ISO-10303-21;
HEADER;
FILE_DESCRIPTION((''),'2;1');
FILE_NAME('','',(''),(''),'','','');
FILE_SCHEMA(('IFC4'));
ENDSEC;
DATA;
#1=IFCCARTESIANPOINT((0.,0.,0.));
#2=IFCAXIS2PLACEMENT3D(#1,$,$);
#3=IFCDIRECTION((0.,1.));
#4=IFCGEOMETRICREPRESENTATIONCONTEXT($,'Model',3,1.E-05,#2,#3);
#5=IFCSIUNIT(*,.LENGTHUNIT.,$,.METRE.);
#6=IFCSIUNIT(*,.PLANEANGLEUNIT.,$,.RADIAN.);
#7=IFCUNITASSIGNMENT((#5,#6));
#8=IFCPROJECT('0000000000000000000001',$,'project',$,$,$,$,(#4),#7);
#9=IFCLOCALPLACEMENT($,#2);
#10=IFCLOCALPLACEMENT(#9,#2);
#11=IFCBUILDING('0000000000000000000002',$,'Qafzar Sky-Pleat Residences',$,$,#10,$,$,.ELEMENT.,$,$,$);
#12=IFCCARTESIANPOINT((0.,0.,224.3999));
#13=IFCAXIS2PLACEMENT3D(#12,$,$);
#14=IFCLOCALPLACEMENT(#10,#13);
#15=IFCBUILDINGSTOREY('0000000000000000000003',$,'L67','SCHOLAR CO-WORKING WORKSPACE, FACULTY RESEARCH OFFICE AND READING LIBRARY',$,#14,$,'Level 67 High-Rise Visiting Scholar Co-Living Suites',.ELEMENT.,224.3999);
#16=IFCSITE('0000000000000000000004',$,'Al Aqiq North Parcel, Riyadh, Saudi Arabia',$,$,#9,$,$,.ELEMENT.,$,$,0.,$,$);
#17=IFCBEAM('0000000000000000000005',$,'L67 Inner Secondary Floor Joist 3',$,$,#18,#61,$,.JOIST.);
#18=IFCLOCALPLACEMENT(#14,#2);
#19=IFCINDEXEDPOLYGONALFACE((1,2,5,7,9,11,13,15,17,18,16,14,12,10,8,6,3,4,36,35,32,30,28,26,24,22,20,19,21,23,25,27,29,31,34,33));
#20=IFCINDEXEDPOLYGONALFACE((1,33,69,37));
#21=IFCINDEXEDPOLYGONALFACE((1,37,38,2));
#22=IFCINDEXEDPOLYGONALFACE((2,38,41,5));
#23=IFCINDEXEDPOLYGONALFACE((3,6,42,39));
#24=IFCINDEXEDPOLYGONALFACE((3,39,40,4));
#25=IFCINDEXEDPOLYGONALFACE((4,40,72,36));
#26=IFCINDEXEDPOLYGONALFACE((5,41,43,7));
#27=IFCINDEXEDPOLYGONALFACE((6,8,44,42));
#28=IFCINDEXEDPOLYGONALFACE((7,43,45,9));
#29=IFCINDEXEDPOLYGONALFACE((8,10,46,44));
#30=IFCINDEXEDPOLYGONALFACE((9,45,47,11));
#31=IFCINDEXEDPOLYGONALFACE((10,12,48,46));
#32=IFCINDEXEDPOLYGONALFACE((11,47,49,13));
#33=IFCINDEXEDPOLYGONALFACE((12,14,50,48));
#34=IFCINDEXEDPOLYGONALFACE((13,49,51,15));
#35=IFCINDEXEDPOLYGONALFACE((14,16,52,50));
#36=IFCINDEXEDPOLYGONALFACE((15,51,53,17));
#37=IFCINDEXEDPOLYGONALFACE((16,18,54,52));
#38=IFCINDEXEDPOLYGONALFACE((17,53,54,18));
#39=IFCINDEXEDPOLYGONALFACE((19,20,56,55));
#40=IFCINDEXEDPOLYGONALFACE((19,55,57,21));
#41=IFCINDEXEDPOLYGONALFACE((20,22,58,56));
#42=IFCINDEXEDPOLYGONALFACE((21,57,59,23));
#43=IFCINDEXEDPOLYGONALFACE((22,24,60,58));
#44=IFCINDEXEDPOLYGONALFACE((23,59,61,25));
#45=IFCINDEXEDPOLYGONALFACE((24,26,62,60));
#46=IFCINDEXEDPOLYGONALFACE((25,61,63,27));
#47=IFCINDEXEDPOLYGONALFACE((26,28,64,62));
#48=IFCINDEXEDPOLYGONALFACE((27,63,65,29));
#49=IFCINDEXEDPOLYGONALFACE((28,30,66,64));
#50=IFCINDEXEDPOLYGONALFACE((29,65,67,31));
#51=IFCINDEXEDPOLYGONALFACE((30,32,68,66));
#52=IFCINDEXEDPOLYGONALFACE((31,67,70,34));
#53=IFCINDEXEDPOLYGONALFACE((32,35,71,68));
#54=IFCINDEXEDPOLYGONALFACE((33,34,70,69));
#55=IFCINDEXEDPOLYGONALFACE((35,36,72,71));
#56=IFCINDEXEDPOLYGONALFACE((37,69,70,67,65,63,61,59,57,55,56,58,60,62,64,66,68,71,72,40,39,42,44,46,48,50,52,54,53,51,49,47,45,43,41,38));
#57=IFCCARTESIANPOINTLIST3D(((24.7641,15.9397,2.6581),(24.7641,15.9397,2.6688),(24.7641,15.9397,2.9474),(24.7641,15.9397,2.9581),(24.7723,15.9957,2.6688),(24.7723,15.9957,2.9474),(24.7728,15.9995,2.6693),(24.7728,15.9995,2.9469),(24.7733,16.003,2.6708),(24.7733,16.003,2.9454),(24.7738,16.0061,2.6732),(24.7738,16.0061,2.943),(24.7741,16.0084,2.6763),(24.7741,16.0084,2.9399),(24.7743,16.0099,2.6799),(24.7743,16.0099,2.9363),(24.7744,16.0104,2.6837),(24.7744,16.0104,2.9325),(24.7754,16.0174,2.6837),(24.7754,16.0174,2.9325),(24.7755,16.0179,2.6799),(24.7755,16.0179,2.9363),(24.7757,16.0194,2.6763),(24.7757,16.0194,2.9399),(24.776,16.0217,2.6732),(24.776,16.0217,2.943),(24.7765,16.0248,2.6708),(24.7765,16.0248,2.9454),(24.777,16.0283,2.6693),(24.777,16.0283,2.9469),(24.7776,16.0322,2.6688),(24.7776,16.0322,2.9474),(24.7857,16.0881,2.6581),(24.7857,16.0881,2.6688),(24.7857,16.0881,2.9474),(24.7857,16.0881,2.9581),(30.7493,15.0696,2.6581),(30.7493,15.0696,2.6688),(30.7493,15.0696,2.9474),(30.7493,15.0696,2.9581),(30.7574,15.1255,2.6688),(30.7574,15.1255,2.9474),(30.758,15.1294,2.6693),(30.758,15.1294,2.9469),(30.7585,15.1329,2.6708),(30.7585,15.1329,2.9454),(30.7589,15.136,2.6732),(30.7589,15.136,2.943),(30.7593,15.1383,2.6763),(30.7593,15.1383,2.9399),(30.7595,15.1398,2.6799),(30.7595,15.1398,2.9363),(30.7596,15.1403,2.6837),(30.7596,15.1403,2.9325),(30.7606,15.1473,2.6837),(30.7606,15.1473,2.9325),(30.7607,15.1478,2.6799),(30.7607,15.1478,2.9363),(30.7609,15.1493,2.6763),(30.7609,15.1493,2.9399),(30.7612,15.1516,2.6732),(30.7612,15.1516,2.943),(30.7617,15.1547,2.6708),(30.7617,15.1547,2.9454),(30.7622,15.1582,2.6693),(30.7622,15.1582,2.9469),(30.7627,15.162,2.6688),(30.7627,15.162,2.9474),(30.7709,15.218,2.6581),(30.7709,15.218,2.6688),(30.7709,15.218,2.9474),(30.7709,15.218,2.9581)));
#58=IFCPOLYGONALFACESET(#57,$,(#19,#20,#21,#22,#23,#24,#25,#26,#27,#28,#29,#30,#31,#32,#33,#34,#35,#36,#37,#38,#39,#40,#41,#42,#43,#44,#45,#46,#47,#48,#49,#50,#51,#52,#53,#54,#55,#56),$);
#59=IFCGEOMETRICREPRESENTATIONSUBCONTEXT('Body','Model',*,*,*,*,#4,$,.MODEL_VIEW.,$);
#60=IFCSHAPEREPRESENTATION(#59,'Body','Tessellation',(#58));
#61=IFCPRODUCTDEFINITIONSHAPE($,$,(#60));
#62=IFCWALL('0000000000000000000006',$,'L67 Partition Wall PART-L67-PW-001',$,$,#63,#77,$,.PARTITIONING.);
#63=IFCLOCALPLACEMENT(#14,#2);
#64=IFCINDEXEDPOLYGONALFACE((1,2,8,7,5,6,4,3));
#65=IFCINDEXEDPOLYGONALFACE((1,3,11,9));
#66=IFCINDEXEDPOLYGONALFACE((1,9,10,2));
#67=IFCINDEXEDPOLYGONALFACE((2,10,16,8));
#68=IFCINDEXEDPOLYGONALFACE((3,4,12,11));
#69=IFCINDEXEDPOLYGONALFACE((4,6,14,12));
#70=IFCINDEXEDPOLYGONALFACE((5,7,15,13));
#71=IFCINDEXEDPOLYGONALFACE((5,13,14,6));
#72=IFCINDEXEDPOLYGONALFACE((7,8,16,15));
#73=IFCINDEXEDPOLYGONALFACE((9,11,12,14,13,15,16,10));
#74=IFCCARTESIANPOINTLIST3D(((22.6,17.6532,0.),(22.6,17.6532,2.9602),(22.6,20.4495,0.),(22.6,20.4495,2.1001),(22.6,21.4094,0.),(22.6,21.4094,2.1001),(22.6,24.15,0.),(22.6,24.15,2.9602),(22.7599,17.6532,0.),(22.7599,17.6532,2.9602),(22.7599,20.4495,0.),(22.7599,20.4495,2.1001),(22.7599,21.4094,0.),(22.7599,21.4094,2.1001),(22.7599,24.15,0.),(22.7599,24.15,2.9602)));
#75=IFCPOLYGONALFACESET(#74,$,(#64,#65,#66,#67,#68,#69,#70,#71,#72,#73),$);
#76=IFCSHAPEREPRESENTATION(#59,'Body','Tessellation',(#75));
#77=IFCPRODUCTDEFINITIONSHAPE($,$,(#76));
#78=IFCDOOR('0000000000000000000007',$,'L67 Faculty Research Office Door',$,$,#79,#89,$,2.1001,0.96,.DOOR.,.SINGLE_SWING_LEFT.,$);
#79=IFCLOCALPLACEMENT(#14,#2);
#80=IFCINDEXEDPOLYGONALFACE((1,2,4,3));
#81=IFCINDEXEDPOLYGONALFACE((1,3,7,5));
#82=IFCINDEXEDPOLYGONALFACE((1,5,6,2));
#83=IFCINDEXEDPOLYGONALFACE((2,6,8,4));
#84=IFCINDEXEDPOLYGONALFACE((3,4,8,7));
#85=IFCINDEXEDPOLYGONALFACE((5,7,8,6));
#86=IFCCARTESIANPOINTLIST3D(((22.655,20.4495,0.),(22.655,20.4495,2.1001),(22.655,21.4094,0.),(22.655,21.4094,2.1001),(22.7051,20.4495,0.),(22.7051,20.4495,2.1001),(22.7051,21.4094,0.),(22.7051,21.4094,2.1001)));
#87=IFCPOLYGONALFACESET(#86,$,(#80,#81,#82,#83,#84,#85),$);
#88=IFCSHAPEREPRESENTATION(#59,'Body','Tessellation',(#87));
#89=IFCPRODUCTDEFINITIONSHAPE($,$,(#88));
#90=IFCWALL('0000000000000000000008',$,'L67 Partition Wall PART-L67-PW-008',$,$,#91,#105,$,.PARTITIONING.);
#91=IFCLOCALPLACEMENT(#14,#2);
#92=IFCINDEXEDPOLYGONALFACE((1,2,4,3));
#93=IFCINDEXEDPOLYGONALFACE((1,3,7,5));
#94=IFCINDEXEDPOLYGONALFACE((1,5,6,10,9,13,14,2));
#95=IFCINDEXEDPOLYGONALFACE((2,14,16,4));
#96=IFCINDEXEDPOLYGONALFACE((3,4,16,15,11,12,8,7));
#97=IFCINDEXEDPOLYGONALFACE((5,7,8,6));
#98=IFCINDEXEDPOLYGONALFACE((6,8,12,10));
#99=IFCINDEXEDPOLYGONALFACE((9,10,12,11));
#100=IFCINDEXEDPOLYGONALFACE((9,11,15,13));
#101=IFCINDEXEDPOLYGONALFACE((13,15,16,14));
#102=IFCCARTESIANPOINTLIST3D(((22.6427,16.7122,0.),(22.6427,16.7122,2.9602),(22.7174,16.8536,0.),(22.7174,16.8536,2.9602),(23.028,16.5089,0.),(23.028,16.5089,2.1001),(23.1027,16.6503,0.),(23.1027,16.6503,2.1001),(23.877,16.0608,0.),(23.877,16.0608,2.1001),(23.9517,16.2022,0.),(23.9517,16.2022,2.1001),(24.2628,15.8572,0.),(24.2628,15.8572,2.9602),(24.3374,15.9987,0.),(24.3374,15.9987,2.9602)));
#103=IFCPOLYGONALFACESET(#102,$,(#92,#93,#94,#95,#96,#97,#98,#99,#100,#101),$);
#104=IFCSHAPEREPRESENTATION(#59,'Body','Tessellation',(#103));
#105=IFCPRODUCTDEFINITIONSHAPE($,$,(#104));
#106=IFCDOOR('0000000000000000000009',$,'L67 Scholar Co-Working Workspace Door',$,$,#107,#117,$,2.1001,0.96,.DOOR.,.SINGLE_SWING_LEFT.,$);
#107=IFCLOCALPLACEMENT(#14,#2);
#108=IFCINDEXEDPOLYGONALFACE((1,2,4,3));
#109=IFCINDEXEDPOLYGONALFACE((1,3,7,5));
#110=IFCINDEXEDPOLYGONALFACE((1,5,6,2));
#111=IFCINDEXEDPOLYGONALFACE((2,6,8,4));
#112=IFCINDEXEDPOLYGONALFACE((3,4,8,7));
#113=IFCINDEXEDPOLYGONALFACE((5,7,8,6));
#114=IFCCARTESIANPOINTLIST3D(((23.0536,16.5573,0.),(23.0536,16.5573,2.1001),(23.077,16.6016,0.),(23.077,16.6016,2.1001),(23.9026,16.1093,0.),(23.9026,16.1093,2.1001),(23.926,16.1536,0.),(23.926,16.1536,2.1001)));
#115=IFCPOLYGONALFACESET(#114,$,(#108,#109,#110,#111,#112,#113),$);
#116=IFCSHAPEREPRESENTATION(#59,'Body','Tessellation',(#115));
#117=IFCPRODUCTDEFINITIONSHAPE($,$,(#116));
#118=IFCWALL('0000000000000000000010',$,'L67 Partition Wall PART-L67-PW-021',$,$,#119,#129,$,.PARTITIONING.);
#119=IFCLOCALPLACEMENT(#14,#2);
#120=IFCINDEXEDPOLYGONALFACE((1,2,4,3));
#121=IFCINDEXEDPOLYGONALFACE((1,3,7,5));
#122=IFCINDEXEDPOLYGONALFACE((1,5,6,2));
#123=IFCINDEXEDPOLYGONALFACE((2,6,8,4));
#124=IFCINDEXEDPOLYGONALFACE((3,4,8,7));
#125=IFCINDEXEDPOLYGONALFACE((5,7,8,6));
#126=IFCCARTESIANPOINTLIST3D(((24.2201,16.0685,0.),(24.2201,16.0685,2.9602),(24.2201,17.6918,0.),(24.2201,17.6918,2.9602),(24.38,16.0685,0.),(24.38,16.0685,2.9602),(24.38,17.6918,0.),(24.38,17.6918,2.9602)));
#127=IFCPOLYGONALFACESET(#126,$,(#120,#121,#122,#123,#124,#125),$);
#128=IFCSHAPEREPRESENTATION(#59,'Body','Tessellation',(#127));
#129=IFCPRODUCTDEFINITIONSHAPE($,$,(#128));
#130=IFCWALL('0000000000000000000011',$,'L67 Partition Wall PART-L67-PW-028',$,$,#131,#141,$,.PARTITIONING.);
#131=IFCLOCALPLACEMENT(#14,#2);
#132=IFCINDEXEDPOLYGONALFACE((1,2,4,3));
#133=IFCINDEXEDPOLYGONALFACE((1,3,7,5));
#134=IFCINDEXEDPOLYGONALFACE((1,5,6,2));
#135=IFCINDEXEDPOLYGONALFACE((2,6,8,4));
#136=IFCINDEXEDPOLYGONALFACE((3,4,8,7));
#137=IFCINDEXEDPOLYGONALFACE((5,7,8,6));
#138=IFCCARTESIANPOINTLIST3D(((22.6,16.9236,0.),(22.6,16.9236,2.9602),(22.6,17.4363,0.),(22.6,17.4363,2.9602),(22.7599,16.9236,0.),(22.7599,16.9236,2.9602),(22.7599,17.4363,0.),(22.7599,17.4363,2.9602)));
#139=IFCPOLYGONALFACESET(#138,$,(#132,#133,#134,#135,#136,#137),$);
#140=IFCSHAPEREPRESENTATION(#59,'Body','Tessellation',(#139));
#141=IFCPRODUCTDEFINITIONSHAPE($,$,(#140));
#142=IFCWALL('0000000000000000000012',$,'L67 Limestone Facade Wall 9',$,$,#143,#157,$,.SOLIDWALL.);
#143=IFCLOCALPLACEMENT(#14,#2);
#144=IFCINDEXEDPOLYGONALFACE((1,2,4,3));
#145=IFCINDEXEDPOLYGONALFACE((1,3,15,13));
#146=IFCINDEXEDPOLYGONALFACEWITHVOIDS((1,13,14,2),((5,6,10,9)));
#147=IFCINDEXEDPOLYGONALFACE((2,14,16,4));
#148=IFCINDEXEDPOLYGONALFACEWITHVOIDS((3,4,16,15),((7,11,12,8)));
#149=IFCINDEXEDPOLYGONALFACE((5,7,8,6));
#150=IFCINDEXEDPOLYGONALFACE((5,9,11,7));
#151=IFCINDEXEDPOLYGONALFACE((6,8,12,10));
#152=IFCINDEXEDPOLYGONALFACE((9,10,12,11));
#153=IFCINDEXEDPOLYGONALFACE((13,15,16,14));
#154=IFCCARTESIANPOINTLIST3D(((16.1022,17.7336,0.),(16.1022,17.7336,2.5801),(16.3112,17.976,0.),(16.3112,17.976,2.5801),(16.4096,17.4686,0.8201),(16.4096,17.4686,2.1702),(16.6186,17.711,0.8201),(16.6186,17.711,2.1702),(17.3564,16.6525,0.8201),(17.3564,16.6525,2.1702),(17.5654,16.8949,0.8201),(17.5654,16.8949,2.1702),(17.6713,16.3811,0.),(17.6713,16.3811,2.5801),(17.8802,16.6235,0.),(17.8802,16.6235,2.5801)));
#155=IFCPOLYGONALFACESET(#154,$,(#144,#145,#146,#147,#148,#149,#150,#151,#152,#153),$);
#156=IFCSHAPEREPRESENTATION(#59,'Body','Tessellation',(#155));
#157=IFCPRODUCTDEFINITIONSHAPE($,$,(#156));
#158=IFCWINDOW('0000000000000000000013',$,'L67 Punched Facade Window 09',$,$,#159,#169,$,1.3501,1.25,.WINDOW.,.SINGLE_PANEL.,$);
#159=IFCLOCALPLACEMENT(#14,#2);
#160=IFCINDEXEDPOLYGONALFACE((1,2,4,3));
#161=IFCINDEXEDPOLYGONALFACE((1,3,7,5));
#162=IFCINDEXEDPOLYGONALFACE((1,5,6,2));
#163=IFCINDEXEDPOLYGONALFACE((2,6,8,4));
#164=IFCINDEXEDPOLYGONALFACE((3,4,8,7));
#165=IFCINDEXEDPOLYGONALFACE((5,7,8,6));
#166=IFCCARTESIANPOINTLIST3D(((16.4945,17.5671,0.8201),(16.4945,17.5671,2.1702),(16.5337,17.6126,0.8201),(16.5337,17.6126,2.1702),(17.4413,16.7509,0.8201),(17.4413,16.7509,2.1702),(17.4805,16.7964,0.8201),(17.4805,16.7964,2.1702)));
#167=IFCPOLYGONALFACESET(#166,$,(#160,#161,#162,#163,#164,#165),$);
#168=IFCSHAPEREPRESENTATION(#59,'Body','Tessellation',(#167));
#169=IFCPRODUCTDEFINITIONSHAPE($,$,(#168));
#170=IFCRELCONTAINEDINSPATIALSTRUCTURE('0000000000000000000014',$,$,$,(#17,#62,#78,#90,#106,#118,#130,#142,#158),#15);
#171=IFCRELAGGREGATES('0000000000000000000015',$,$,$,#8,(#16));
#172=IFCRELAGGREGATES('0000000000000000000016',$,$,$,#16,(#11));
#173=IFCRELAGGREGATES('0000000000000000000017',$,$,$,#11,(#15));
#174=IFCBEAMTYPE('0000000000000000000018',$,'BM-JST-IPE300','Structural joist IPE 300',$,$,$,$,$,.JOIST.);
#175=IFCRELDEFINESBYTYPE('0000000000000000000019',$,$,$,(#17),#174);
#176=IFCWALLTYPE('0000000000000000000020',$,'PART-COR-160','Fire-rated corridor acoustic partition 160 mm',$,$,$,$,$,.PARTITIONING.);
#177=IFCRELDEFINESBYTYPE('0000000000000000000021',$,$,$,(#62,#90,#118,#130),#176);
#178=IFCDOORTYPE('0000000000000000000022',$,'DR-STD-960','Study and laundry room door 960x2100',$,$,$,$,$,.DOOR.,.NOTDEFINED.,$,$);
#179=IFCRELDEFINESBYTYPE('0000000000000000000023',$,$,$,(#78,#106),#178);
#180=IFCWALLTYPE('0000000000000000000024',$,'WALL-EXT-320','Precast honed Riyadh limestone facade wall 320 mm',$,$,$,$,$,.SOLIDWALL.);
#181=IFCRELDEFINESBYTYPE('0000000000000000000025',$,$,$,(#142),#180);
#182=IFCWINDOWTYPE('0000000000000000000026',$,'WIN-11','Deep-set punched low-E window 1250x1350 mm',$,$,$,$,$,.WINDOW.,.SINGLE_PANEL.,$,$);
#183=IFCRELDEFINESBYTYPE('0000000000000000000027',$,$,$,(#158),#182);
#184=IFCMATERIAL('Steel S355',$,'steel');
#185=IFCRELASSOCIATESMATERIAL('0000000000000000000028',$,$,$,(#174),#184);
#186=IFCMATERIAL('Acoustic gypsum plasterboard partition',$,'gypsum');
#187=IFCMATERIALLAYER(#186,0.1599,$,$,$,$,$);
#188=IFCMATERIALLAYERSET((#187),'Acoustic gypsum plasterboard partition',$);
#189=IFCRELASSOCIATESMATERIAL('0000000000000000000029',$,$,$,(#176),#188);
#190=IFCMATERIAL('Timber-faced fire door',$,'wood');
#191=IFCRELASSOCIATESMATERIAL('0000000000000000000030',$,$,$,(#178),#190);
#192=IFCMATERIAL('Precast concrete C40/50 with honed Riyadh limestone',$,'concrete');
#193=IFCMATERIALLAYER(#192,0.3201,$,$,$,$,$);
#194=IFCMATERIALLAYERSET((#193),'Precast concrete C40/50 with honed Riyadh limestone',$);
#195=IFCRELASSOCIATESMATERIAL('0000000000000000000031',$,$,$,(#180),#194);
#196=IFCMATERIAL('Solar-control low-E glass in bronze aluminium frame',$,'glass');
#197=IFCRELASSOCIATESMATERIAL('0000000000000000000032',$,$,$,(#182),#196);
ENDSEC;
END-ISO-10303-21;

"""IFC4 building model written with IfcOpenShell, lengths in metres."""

from ifc_helpers import new_model, si_unit, direction, frame, frame_2d, origin, origin_2d, place, context, subcontext, project, spatial, rectangle, i_section, extrude, source, transform, mapped, material, layer, layer_set, material_profile, profile_set, type_object, element, fill, save


model = new_model("IFC4")

# Units and contexts
model_context = context("Model", 3, precision=1e-05, world=origin(), true_north=direction((0.0, 1.0)))
body_context = subcontext(model_context, "Body", "Model", "MODEL_VIEW")
ifc_project = project(units=[si_unit("LENGTHUNIT", "METRE"), si_unit("PLANEANGLEUNIT", "RADIAN")], contexts=[model_context])

# Site, building, storey
site_placement = place(None, origin())
site = spatial("IfcSite", under=ifc_project, at=site_placement, Name="Al Aqiq North Parcel, Riyadh, Saudi Arabia", CompositionType="ELEMENT", RefElevation=0.0)
building_placement = place(site_placement, origin())
building = spatial("IfcBuilding", under=site, at=building_placement, Name="Qafzar Sky-Pleat Residences", CompositionType="ELEMENT")
storey_placement = place(building_placement, frame((0.0, 0.0, 224.3999)))
storey = spatial("IfcBuildingStorey", under=building, at=storey_placement, Name="L67", Description="SCHOLAR CO-WORKING WORKSPACE, FACULTY RESEARCH OFFICE AND READING LIBRARY", LongName="Level 67 High-Rise Visiting Scholar Co-Living Suites", CompositionType="ELEMENT", Elevation=224.3999)

# Beam
ifc_material_1 = material(Name="Steel S355", Category="steel")
ifc_material_profile_1 = material_profile(ifc_material_1, i_section(OverallWidth=0.1499, OverallDepth=0.3, WebThickness=0.0071, FlangeThickness=0.0107, FilletRadius=0.0149, at=origin_2d()), Name="IPE 300")
ifc_profile_set_1 = profile_set([ifc_material_profile_1], Name="Steel S355")
beam_type_1 = type_object("IfcBeamType", Name="BM-JST-IPE300", Description="Structural joist IPE 300", PredefinedType="JOIST", material=ifc_profile_set_1)
shared_shape_1 = source(origin(), body_context, "Body", "SweptSolid", [
    extrude(i_section(OverallWidth=0.1499, OverallDepth=0.3, WebThickness=0.0071, FlangeThickness=0.0107, FilletRadius=0.0149, at=origin_2d()), origin(), (0.0, 0.0, 1.0), 6.0481),
])
beam_1_placement = place(storey_placement, frame((24.7749, 16.0139, 2.8081), z_axis=(0.989597, -0.143868, 0.0), x_axis=(0.143868, 0.989597, 0.0)))
element("IfcBeam", 1, at=beam_1_placement, inside=storey, type_object=beam_type_1, Name="L67 Inner Secondary Floor Joist 3", PredefinedType="JOIST", context=body_context, shape_type="MappedRepresentation", body=[
    mapped(shared_shape_1, transform((0.0, 0.0, 0.0), x_axis=(1.0, 0.0, 0.0), y_axis=(0.0, 1.0, 0.0), z_axis=(0.0, 0.0, 1.0), scale=1.0)),
])

# Walls, openings, doors
ifc_material_2 = material(Name="Acoustic gypsum plasterboard partition", Category="gypsum")
ifc_layer_1 = layer(ifc_material_2, 0.1599)
ifc_layer_set_1 = layer_set([ifc_layer_1], Name="Acoustic gypsum plasterboard partition")
wall_type_1 = type_object("IfcWallType", Name="PART-COR-160", Description="Fire-rated corridor acoustic partition 160 mm", PredefinedType="PARTITIONING", material=ifc_layer_set_1)
wall_1_placement = place(storey_placement, frame((22.6799, 17.6531, 0.0), z_axis=(0.0, 0.0, 1.0), x_axis=(0.0, 1.0, 0.0)))
wall_1 = element("IfcWall", 2, at=wall_1_placement, inside=storey, type_object=wall_type_1, Name="L67 Partition Wall PART-L67-PW-001", PredefinedType="PARTITIONING", context=body_context, shape_type="SweptSolid", body=[
    extrude(rectangle(XDim=6.4968, YDim=0.1599, at=frame_2d((3.2485, 0.0))), origin(), (0.0, 0.0, 1.0), 2.9602),
])
opening_1_placement = place(wall_1_placement, frame((2.7964, 0.0, 0.0)))
opening_1 = element("IfcOpeningElement", 3, at=opening_1_placement, cuts=wall_1, PredefinedType="OPENING", context=body_context, shape_type="SweptSolid", body=[
    extrude(rectangle(XDim=0.96, YDim=2.1001, at=frame_2d((0.48, 1.05))), frame((0.0, 0.0898, 0.0), z_axis=(0.0, -1.0, 0.0), x_axis=(1.0, 0.0, 0.0)), (0.0, 0.0, 1.0), 0.1799),
])
ifc_material_3 = material(Name="Timber-faced fire door", Category="wood")
door_type_1 = type_object("IfcDoorType", Name="DR-STD-960", Description="Study and laundry room door 960x2100", OperationType="NOTDEFINED", PredefinedType="DOOR", material=ifc_material_3)
shared_shape_2 = source(origin(), body_context, "Body", "SweptSolid", [
    extrude(rectangle(XDim=0.96, YDim=2.1001, at=frame_2d((0.48, 1.05))), frame((0.0, 0.0249, 0.0), z_axis=(0.0, -1.0, 0.0), x_axis=(1.0, 0.0, 0.0)), (0.0, 0.0, 1.0), 0.05),
])
door_1_placement = place(opening_1_placement, origin())
door_1 = element("IfcDoor", 4, at=door_1_placement, inside=storey, type_object=door_type_1, Name="L67 Faculty Research Office Door", OperationType="SINGLE_SWING_LEFT", OverallHeight=2.1001, OverallWidth=0.96, PredefinedType="DOOR", context=body_context, shape_type="MappedRepresentation", body=[
    mapped(shared_shape_2, transform((0.0, 0.0, 0.0), x_axis=(1.0, 0.0, 0.0), y_axis=(0.0, 1.0, 0.0), z_axis=(0.0, 0.0, 1.0), scale=1.0)),
])
fill(opening_1, door_1)
wall_2_placement = place(storey_placement, frame((22.6799, 16.783, 0.0), z_axis=(0.0, 0.0, 1.0), x_axis=(0.884403, -0.466724, 0.0)))
wall_2 = element("IfcWall", 5, at=wall_2_placement, inside=storey, type_object=wall_type_1, Name="L67 Partition Wall PART-L67-PW-008", PredefinedType="PARTITIONING", context=body_context, shape_type="SweptSolid", body=[
    extrude(rectangle(XDim=1.8318, YDim=0.1599, at=frame_2d((0.916, 0.0))), origin(), (0.0, 0.0, 1.0), 2.9602),
])
opening_2_placement = place(wall_2_placement, frame((0.4358, 0.0, 0.0)))
opening_2 = element("IfcOpeningElement", 6, at=opening_2_placement, cuts=wall_2, PredefinedType="OPENING", context=body_context, shape_type="SweptSolid", body=[
    extrude(rectangle(XDim=0.96, YDim=2.1001, at=frame_2d((0.48, 1.05))), frame((0.0, 0.0898, 0.0), z_axis=(0.0, -1.0, 0.0), x_axis=(1.0, 0.0, 0.0)), (0.0, 0.0, 1.0), 0.1799),
])
door_2_placement = place(opening_2_placement, origin())
door_2 = element("IfcDoor", 7, at=door_2_placement, inside=storey, type_object=door_type_1, Name="L67 Scholar Co-Working Workspace Door", OperationType="SINGLE_SWING_LEFT", OverallHeight=2.1001, OverallWidth=0.96, PredefinedType="DOOR", context=body_context, shape_type="MappedRepresentation", body=[
    mapped(shared_shape_2, transform((0.0, 0.0, 0.0), x_axis=(1.0, 0.0, 0.0), y_axis=(0.0, 1.0, 0.0), z_axis=(0.0, 0.0, 1.0), scale=1.0)),
])
fill(opening_2, door_2)

# Walls
wall_3_placement = place(storey_placement, frame((24.3, 16.0686, 0.0), z_axis=(0.0, 0.0, 1.0), x_axis=(0.0, 1.0, 0.0)))
element("IfcWall", 8, at=wall_3_placement, inside=storey, type_object=wall_type_1, Name="L67 Partition Wall PART-L67-PW-021", PredefinedType="PARTITIONING", context=body_context, shape_type="SweptSolid", body=[
    extrude(rectangle(XDim=1.6233, YDim=0.1599, at=frame_2d((0.8115, 0.0))), origin(), (0.0, 0.0, 1.0), 2.9602),
])
wall_4_placement = place(storey_placement, frame((22.6799, 16.9236, 0.0), z_axis=(0.0, 0.0, 1.0), x_axis=(0.0, 1.0, 0.0)))
element("IfcWall", 9, at=wall_4_placement, inside=storey, type_object=wall_type_1, Name="L67 Partition Wall PART-L67-PW-028", PredefinedType="PARTITIONING", context=body_context, shape_type="SweptSolid", body=[
    extrude(rectangle(XDim=0.5127, YDim=0.1599, at=frame_2d((0.2563, 0.0))), origin(), (0.0, 0.0, 1.0), 2.9602),
])

# Wall, opening, window
ifc_material_4 = material(Name="Precast concrete C40/50 with honed Riyadh limestone", Category="concrete")
ifc_layer_2 = layer(ifc_material_4, 0.3201)
ifc_layer_set_2 = layer_set([ifc_layer_2], Name="Precast concrete C40/50 with honed Riyadh limestone")
wall_type_2 = type_object("IfcWallType", Name="WALL-EXT-320", Description="Precast honed Riyadh limestone facade wall 320 mm", PredefinedType="SOLIDWALL", material=ifc_layer_set_2)
wall_5_placement = place(storey_placement, frame((16.2068, 17.8547, 0.0), z_axis=(0.0, 0.0, 1.0), x_axis=(0.75744, -0.652905, 0.0)))
wall_5 = element("IfcWall", 10, at=wall_5_placement, inside=storey, type_object=wall_type_2, Name="L67 Limestone Facade Wall 9", PredefinedType="SOLIDWALL", context=body_context, shape_type="SweptSolid", body=[
    extrude(rectangle(XDim=2.0715, YDim=0.3201, at=frame_2d((1.0356, 0.0))), origin(), (0.0, 0.0, 1.0), 2.5801),
])
opening_3_placement = place(wall_5_placement, frame((0.4058, 0.0, 0.8201)))
opening_3 = element("IfcOpeningElement", 11, at=opening_3_placement, cuts=wall_5, PredefinedType="OPENING", context=body_context, shape_type="SweptSolid", body=[
    extrude(rectangle(XDim=1.25, YDim=1.3501, at=frame_2d((0.625, 0.675))), frame((0.0, 0.1699, 0.0), z_axis=(0.0, -1.0, 0.0), x_axis=(1.0, 0.0, 0.0)), (0.0, 0.0, 1.0), 0.3401),
])
ifc_material_5 = material(Name="Solar-control low-E glass in bronze aluminium frame", Category="glass")
window_type_1 = type_object("IfcWindowType", Name="WIN-11", Description="Deep-set punched low-E window 1250x1350 mm", PartitioningType="SINGLE_PANEL", PredefinedType="WINDOW", material=ifc_material_5)
shared_shape_3 = source(origin(), body_context, "Body", "SweptSolid", [
    extrude(rectangle(XDim=1.25, YDim=1.3501, at=frame_2d((0.625, 0.675))), frame((0.0, 0.03, 0.0), z_axis=(0.0, -1.0, 0.0), x_axis=(1.0, 0.0, 0.0)), (0.0, 0.0, 1.0), 0.0601),
])
window_1_placement = place(opening_3_placement, origin())
window_1 = element("IfcWindow", 12, at=window_1_placement, inside=storey, type_object=window_type_1, Name="L67 Punched Facade Window 09", OverallHeight=1.3501, OverallWidth=1.25, PartitioningType="SINGLE_PANEL", PredefinedType="WINDOW", context=body_context, shape_type="MappedRepresentation", body=[
    mapped(shared_shape_3, transform((0.0, 0.0, 0.0), x_axis=(1.0, 0.0, 0.0), y_axis=(0.0, 1.0, 0.0), z_axis=(0.0, 0.0, 1.0), scale=1.0)),
])
fill(opening_3, window_1)

save(model, "model.ifc")
